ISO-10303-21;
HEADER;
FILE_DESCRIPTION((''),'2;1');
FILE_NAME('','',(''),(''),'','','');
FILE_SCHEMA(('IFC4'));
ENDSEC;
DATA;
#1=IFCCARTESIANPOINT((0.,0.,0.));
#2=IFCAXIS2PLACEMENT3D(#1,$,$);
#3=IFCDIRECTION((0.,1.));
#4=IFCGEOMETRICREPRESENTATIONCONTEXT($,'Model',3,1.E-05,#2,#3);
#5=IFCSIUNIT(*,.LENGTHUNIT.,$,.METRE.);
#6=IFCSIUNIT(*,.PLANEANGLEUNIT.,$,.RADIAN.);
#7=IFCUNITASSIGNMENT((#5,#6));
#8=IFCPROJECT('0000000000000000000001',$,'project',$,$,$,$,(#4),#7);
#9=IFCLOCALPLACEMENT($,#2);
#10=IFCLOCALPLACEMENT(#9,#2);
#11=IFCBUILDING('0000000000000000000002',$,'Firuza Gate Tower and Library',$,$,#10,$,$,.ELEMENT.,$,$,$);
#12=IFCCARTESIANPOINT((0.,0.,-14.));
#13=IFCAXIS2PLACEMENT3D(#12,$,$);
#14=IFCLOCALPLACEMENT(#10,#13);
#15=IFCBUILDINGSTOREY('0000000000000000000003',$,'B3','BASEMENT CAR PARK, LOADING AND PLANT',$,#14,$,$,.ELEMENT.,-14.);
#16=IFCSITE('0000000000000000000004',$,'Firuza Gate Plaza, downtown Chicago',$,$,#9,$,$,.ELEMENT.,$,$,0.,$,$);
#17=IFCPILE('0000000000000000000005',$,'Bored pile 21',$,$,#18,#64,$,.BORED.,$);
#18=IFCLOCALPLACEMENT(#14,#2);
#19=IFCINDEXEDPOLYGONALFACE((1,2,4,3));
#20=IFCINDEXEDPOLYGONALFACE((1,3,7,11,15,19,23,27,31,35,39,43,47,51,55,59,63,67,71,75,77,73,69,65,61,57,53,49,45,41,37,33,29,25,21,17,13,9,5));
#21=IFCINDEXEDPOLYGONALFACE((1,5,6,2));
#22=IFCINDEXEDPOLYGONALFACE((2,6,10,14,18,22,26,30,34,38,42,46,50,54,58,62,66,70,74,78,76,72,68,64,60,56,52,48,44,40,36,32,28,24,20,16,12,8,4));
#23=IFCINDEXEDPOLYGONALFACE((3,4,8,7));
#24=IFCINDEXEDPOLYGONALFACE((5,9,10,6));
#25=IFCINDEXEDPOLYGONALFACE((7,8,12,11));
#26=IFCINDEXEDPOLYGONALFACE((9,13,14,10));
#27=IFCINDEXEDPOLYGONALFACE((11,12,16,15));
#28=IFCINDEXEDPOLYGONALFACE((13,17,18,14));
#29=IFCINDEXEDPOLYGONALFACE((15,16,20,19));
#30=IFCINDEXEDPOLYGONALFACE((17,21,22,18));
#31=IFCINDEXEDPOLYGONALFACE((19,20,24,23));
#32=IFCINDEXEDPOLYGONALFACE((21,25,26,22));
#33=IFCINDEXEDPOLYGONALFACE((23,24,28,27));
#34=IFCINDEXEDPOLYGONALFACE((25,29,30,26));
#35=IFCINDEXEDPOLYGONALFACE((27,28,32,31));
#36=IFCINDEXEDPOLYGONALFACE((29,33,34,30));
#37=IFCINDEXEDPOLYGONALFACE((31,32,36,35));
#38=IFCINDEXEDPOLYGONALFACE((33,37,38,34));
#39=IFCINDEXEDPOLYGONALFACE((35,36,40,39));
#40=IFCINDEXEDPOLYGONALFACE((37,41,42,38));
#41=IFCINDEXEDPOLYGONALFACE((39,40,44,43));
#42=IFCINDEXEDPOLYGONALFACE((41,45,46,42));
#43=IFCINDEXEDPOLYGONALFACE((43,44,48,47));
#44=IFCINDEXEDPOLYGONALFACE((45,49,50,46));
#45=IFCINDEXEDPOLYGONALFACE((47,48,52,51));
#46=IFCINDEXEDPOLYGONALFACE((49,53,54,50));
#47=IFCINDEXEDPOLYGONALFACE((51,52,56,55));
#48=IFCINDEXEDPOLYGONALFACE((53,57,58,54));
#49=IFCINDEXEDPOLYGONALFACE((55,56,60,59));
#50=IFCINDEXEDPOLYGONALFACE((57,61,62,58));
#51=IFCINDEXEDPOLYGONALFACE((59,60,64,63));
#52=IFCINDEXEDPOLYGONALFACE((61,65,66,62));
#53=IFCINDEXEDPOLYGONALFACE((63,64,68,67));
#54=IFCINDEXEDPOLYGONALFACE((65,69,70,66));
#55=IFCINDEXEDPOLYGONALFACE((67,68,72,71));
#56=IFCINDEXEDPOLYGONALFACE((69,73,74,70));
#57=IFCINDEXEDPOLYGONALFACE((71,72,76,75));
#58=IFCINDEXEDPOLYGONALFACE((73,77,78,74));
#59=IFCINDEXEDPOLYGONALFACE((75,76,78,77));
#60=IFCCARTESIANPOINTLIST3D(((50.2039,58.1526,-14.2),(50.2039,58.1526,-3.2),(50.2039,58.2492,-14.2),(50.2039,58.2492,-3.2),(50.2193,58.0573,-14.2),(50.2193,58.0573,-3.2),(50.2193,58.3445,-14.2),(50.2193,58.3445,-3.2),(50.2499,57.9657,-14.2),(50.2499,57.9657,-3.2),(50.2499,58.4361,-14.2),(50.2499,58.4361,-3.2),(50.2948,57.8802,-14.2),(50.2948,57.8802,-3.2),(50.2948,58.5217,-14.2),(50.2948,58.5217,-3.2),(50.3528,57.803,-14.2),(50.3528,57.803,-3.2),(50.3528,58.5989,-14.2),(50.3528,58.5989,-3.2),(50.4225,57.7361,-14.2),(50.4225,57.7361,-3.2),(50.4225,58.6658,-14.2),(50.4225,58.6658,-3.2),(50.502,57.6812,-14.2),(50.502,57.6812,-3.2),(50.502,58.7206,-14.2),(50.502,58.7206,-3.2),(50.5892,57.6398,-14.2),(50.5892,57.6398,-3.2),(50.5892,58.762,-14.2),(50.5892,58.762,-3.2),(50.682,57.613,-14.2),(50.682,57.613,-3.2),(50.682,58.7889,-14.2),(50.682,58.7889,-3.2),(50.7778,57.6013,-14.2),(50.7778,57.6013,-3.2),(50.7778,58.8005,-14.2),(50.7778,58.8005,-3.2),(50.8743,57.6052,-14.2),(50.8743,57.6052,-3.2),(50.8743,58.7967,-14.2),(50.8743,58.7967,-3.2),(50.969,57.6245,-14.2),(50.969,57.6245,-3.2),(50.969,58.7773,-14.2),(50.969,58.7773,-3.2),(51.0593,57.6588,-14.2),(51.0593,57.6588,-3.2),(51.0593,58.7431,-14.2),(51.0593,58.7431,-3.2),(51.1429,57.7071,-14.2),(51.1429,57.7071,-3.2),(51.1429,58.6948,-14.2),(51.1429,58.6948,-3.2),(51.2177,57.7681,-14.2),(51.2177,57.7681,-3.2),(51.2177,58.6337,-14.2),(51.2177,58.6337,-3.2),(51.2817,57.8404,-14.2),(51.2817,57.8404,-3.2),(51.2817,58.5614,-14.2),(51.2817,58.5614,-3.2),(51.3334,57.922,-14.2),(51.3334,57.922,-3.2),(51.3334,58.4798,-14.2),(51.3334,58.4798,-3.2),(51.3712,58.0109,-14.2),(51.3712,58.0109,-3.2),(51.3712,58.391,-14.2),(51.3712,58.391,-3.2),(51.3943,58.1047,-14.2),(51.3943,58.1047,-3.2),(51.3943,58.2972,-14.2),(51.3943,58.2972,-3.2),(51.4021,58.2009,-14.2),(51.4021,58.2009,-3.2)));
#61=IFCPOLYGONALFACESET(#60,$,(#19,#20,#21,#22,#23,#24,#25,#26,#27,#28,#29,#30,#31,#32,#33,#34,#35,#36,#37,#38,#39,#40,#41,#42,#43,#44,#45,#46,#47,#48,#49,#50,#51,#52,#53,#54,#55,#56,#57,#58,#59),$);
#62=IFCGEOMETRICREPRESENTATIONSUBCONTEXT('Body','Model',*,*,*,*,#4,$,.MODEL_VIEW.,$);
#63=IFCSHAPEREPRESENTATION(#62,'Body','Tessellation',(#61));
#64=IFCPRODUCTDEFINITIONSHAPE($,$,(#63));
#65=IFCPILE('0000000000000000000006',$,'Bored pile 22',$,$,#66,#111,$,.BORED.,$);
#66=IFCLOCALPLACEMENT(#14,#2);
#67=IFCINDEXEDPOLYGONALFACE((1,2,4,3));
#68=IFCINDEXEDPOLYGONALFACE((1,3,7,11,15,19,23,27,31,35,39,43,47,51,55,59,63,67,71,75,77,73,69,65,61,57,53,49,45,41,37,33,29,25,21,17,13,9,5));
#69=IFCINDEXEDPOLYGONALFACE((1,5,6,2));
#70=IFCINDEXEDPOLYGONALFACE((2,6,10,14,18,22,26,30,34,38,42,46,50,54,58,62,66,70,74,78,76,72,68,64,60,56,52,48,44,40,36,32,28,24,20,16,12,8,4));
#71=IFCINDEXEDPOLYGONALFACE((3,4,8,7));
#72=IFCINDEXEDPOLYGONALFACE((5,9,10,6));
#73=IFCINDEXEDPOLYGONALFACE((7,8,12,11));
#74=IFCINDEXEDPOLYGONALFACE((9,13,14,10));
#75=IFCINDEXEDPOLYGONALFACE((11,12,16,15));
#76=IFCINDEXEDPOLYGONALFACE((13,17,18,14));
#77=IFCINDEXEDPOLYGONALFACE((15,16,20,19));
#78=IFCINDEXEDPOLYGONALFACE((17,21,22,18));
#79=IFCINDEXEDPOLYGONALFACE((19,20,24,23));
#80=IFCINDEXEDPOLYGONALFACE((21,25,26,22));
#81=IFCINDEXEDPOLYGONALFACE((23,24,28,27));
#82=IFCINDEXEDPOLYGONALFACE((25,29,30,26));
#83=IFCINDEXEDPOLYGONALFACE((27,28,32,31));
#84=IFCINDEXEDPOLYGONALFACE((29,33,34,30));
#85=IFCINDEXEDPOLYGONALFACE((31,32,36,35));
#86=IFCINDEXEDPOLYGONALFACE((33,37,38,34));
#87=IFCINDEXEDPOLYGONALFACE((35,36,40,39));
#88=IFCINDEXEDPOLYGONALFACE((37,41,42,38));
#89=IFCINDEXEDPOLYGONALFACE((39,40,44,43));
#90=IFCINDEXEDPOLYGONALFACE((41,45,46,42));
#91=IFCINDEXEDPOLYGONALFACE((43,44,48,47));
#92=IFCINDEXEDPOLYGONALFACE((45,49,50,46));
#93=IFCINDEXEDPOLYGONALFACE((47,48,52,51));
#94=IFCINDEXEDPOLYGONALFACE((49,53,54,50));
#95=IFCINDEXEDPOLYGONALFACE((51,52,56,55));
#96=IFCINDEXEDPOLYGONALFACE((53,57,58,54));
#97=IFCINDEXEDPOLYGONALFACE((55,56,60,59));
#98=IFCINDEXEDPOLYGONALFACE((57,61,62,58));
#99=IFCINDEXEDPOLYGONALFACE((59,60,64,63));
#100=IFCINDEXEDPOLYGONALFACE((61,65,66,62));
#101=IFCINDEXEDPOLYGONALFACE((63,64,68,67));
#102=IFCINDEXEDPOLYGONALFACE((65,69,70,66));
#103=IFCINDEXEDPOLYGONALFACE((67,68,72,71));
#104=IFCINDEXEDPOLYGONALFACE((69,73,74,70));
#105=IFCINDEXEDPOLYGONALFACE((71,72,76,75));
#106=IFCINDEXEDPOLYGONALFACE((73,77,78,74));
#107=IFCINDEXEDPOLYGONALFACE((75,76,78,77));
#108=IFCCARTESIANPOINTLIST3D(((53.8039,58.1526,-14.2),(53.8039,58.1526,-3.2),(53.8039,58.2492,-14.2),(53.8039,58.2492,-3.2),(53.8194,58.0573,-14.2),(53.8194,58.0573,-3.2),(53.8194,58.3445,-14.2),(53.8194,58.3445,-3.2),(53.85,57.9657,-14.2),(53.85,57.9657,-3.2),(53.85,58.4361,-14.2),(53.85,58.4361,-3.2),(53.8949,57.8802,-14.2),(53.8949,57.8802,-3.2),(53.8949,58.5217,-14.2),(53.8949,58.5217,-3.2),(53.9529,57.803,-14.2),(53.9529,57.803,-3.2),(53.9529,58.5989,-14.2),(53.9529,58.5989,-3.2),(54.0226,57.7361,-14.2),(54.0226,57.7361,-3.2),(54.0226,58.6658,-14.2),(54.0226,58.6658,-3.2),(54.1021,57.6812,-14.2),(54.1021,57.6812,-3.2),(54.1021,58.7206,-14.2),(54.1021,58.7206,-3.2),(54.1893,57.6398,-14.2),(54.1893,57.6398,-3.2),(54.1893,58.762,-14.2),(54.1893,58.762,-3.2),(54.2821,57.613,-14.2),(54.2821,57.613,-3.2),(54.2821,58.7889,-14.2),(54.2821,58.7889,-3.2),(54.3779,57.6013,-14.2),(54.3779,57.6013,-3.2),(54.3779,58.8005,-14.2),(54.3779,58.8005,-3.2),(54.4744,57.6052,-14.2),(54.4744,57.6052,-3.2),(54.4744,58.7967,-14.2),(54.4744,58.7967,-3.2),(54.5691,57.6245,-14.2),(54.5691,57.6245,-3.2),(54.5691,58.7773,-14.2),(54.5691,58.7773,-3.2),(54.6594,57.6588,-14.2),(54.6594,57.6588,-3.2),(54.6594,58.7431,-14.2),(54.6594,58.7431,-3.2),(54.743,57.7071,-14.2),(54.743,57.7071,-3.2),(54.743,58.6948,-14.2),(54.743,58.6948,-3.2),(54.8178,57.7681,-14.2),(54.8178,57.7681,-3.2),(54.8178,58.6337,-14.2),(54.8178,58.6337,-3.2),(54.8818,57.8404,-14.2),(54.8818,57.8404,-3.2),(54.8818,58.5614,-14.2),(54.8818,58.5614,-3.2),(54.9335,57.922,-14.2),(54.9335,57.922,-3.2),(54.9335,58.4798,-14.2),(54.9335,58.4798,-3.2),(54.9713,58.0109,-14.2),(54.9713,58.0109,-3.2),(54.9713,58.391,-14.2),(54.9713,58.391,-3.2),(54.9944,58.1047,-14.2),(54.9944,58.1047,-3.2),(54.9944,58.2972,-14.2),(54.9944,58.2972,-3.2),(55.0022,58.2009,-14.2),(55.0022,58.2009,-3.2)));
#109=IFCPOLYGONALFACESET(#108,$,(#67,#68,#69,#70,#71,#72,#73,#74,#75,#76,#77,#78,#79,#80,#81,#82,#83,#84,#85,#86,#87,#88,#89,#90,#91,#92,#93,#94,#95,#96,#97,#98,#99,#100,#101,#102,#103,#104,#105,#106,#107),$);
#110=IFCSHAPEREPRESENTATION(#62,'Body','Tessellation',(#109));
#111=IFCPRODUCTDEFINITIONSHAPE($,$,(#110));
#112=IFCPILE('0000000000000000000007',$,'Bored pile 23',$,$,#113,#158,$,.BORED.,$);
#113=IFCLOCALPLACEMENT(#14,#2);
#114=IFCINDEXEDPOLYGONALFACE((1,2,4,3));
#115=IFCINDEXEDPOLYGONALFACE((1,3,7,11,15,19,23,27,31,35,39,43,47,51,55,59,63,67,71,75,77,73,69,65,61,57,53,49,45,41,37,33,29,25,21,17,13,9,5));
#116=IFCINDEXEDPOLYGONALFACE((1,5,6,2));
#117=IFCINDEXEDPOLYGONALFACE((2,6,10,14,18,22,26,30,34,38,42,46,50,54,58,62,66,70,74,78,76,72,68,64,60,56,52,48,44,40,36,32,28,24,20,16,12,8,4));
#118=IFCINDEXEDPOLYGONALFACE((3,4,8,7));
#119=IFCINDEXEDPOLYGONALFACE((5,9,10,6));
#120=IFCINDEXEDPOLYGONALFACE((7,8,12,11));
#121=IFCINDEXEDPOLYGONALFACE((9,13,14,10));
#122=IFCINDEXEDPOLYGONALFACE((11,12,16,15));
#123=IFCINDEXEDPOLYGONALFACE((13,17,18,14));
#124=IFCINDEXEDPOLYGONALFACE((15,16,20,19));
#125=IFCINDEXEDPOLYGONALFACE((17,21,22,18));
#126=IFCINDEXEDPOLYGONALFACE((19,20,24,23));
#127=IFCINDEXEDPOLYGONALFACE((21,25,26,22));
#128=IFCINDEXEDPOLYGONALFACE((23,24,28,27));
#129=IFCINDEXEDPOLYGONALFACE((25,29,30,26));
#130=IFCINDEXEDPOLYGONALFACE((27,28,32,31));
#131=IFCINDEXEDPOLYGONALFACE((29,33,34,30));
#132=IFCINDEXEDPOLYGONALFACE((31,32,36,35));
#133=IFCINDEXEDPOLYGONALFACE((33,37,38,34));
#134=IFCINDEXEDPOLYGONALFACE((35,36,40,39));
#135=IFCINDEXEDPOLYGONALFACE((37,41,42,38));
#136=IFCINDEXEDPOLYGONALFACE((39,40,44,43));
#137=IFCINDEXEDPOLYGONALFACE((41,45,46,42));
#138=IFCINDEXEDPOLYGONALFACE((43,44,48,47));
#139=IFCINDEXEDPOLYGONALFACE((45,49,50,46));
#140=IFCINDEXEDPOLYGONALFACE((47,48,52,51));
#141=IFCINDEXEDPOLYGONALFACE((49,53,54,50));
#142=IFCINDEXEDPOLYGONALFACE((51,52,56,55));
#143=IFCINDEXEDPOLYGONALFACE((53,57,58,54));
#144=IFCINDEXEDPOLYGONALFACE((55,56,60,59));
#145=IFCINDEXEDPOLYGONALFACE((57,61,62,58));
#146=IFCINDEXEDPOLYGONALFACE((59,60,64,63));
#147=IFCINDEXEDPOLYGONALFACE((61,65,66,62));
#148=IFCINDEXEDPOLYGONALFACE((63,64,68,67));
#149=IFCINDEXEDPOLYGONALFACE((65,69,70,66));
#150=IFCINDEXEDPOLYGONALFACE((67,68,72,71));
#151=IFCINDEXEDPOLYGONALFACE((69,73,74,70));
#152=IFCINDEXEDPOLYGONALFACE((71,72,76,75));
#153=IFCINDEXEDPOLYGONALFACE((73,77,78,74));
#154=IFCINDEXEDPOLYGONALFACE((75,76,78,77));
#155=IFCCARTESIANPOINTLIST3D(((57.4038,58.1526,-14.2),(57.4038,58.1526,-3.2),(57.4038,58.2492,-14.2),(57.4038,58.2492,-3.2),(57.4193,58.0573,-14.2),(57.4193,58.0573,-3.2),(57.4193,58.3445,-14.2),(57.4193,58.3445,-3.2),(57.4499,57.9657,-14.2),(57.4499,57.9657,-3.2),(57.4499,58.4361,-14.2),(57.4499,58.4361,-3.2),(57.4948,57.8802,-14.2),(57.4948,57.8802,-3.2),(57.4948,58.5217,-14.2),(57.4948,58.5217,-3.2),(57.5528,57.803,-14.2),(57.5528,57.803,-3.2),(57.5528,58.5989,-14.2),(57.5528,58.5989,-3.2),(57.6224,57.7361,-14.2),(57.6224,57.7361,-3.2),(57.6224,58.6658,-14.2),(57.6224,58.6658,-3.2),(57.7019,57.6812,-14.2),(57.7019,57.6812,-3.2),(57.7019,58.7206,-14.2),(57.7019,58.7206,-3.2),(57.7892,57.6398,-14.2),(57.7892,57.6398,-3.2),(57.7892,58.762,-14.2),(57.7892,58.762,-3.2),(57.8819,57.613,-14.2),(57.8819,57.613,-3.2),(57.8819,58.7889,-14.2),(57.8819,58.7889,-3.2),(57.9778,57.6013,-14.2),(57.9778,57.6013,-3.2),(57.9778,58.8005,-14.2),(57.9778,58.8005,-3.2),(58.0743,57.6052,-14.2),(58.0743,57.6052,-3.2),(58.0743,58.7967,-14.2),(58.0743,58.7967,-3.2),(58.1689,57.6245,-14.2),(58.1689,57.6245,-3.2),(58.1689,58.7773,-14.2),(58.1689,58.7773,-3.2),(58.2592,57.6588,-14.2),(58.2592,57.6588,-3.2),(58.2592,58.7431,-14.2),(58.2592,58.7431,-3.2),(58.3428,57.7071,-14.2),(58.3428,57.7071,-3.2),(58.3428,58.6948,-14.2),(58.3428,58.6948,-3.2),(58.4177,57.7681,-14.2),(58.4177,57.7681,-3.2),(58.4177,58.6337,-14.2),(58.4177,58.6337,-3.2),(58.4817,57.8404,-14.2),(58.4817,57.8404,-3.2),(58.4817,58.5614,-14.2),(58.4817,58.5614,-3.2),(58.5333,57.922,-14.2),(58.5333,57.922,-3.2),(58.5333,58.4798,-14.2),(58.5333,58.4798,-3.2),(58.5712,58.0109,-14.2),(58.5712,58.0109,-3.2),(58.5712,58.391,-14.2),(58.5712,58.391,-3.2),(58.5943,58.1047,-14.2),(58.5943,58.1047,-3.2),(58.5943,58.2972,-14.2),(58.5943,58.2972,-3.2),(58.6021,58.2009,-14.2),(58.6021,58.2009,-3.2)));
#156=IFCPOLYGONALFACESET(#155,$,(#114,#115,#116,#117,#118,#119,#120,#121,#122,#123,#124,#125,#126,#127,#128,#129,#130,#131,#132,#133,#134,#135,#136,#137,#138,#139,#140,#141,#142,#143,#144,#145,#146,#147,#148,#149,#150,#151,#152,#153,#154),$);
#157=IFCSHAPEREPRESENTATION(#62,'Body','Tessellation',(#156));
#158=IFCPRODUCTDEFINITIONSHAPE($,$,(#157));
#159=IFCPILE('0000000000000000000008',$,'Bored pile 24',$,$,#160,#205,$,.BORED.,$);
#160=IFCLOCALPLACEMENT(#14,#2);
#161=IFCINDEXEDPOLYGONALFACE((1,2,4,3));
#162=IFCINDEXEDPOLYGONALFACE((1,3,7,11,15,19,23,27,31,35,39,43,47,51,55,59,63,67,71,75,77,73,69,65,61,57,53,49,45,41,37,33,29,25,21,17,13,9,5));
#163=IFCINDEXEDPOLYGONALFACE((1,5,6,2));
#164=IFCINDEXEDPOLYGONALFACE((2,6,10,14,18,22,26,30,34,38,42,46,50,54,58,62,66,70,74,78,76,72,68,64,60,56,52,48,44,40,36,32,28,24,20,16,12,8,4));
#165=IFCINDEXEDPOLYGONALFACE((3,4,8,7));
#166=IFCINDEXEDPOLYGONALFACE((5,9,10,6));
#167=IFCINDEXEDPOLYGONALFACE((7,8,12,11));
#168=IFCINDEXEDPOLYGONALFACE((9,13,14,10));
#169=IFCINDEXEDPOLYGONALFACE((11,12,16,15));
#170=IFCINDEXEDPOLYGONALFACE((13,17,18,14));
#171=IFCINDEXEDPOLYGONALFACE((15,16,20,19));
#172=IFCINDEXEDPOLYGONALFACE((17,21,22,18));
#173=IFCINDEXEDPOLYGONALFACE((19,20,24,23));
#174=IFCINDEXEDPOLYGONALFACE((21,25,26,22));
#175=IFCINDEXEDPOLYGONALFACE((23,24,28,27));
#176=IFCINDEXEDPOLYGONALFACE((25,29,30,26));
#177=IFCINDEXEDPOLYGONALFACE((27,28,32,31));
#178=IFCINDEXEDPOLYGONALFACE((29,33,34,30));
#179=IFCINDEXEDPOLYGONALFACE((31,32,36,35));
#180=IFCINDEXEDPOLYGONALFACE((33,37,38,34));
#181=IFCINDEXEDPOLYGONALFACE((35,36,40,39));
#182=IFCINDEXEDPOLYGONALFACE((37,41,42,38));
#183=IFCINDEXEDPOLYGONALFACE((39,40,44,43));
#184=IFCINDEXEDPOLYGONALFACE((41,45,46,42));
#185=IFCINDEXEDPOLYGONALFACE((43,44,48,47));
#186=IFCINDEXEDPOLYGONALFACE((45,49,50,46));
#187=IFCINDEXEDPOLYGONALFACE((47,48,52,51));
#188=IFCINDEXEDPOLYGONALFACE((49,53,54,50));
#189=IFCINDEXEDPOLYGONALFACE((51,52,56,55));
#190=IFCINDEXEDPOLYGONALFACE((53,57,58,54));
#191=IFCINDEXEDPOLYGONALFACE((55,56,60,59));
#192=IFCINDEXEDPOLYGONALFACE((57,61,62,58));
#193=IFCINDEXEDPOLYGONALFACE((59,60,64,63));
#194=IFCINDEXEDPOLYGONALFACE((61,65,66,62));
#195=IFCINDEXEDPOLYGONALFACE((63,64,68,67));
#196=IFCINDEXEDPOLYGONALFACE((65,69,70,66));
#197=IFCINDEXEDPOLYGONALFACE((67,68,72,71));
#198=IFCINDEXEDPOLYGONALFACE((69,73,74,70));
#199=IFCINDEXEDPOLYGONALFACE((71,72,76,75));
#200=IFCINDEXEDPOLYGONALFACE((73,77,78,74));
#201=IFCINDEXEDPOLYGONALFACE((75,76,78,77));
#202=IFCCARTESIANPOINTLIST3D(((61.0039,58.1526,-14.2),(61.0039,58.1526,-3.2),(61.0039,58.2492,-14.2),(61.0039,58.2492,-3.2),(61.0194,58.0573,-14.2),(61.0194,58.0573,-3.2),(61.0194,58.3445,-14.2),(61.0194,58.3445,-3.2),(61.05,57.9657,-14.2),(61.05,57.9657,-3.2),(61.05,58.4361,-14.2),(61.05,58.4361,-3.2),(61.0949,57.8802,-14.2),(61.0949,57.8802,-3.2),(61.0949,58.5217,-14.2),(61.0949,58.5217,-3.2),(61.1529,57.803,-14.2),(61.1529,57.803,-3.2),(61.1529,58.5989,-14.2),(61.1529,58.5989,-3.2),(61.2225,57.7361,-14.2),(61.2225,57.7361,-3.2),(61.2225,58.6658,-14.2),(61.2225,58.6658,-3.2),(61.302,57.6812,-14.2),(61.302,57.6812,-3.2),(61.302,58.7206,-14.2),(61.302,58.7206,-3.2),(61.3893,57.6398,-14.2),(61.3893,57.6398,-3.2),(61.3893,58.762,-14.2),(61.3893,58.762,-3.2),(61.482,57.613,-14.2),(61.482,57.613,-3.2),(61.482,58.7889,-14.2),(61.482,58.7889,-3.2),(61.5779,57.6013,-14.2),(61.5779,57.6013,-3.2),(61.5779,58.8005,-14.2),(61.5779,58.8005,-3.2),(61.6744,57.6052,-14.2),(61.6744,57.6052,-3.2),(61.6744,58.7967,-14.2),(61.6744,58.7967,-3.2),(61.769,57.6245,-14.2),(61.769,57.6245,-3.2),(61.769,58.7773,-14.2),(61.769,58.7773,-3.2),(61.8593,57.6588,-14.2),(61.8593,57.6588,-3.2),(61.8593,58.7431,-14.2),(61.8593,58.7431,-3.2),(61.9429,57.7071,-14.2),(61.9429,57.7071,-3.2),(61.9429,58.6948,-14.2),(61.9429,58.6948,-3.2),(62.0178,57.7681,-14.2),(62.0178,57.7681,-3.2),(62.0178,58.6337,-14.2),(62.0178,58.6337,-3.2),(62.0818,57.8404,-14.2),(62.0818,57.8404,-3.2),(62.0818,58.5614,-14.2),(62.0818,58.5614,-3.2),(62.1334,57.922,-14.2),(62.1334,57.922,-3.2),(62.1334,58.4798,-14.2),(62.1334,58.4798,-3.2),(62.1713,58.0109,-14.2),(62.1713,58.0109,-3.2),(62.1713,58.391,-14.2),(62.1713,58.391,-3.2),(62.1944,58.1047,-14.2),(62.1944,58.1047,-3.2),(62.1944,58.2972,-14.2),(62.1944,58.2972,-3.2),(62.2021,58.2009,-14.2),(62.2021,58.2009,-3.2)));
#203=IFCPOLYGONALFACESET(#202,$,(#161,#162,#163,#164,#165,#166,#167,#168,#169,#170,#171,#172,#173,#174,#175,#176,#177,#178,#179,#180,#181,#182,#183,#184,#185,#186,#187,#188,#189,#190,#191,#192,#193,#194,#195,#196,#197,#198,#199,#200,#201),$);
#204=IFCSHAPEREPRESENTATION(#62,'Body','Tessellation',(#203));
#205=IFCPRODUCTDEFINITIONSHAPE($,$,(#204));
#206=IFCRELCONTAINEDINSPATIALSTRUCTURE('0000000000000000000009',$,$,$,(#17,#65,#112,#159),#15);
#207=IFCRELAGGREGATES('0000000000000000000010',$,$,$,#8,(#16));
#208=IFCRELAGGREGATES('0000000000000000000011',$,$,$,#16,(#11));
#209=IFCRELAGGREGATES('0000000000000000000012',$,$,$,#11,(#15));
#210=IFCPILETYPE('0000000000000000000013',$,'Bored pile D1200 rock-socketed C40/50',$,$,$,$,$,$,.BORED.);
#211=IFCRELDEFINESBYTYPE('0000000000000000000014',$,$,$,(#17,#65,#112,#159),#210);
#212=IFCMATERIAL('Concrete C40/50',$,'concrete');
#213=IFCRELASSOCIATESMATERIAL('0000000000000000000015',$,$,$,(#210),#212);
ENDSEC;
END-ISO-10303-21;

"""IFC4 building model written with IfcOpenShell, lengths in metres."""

from ifc_helpers import new_model, si_unit, direction, frame, origin, origin_2d, place, context, subcontext, project, spatial, circle, extrude, material, material_profile, profile_set, type_object, element, save


model = new_model("IFC4")

# Units and contexts
model_context = context("Model", 3, precision=1e-05, world=origin(), true_north=direction((0.0, 1.0)))
body_context = subcontext(model_context, "Body", "Model", "MODEL_VIEW")
ifc_project = project(units=[si_unit("LENGTHUNIT", "METRE"), si_unit("PLANEANGLEUNIT", "RADIAN")], contexts=[model_context])

# Site, building, storey
site_placement = place(None, origin())
site = spatial("IfcSite", under=ifc_project, at=site_placement, Name="Firuza Gate Plaza, downtown Chicago", CompositionType="ELEMENT", RefElevation=0.0)
building_placement = place(site_placement, origin())
building = spatial("IfcBuilding", under=site, at=building_placement, Name="Firuza Gate Tower and Library", CompositionType="ELEMENT")
storey_placement = place(building_placement, frame((0.0, 0.0, -14.0)))
storey = spatial("IfcBuildingStorey", under=building, at=storey_placement, Name="B3", Description="BASEMENT CAR PARK, LOADING AND PLANT", CompositionType="ELEMENT", Elevation=-14.0)

# Piles
ifc_material_1 = material(Name="Concrete C40/50", Category="concrete")
ifc_material_profile_1 = material_profile(ifc_material_1, circle(Radius=0.6001, at=origin_2d()))
ifc_profile_set_1 = profile_set([ifc_material_profile_1], Name="Concrete C40/50")
pile_type = type_object("IfcPileType", Name="Bored pile D1200 rock-socketed C40/50", PredefinedType="BORED", material=ifc_profile_set_1)
for number, where, z_axis, x_axis, name in (
    (1, (50.802, 58.2009, -3.2), (0.0, 0.0, -1.0), (1.0, 0.0, 0.0), "Bored pile 21"),
    (2, (54.4021, 58.2009, -3.2), (0.0, 0.0, -1.0), (1.0, 0.0, 0.0), "Bored pile 22"),
    (3, (58.002, 58.2009, -3.2), (0.0, 0.0, -1.0), (1.0, 0.0, 0.0), "Bored pile 23"),
    (4, (61.6021, 58.2009, -3.2), (0.0, 0.0, -1.0), (1.0, 0.0, 0.0), "Bored pile 24"),
):
    element("IfcPile", number, at=place(storey_placement, frame(where, z_axis=z_axis, x_axis=x_axis)), inside=storey, type_object=pile_type, Name=name, PredefinedType="BORED", context=body_context, shape_type="SweptSolid", body=[
        extrude(circle(Radius=0.6001, at=origin_2d()), origin(), (0.0, 0.0, 1.0), 11.0),
    ])

save(model, "model.ifc")
